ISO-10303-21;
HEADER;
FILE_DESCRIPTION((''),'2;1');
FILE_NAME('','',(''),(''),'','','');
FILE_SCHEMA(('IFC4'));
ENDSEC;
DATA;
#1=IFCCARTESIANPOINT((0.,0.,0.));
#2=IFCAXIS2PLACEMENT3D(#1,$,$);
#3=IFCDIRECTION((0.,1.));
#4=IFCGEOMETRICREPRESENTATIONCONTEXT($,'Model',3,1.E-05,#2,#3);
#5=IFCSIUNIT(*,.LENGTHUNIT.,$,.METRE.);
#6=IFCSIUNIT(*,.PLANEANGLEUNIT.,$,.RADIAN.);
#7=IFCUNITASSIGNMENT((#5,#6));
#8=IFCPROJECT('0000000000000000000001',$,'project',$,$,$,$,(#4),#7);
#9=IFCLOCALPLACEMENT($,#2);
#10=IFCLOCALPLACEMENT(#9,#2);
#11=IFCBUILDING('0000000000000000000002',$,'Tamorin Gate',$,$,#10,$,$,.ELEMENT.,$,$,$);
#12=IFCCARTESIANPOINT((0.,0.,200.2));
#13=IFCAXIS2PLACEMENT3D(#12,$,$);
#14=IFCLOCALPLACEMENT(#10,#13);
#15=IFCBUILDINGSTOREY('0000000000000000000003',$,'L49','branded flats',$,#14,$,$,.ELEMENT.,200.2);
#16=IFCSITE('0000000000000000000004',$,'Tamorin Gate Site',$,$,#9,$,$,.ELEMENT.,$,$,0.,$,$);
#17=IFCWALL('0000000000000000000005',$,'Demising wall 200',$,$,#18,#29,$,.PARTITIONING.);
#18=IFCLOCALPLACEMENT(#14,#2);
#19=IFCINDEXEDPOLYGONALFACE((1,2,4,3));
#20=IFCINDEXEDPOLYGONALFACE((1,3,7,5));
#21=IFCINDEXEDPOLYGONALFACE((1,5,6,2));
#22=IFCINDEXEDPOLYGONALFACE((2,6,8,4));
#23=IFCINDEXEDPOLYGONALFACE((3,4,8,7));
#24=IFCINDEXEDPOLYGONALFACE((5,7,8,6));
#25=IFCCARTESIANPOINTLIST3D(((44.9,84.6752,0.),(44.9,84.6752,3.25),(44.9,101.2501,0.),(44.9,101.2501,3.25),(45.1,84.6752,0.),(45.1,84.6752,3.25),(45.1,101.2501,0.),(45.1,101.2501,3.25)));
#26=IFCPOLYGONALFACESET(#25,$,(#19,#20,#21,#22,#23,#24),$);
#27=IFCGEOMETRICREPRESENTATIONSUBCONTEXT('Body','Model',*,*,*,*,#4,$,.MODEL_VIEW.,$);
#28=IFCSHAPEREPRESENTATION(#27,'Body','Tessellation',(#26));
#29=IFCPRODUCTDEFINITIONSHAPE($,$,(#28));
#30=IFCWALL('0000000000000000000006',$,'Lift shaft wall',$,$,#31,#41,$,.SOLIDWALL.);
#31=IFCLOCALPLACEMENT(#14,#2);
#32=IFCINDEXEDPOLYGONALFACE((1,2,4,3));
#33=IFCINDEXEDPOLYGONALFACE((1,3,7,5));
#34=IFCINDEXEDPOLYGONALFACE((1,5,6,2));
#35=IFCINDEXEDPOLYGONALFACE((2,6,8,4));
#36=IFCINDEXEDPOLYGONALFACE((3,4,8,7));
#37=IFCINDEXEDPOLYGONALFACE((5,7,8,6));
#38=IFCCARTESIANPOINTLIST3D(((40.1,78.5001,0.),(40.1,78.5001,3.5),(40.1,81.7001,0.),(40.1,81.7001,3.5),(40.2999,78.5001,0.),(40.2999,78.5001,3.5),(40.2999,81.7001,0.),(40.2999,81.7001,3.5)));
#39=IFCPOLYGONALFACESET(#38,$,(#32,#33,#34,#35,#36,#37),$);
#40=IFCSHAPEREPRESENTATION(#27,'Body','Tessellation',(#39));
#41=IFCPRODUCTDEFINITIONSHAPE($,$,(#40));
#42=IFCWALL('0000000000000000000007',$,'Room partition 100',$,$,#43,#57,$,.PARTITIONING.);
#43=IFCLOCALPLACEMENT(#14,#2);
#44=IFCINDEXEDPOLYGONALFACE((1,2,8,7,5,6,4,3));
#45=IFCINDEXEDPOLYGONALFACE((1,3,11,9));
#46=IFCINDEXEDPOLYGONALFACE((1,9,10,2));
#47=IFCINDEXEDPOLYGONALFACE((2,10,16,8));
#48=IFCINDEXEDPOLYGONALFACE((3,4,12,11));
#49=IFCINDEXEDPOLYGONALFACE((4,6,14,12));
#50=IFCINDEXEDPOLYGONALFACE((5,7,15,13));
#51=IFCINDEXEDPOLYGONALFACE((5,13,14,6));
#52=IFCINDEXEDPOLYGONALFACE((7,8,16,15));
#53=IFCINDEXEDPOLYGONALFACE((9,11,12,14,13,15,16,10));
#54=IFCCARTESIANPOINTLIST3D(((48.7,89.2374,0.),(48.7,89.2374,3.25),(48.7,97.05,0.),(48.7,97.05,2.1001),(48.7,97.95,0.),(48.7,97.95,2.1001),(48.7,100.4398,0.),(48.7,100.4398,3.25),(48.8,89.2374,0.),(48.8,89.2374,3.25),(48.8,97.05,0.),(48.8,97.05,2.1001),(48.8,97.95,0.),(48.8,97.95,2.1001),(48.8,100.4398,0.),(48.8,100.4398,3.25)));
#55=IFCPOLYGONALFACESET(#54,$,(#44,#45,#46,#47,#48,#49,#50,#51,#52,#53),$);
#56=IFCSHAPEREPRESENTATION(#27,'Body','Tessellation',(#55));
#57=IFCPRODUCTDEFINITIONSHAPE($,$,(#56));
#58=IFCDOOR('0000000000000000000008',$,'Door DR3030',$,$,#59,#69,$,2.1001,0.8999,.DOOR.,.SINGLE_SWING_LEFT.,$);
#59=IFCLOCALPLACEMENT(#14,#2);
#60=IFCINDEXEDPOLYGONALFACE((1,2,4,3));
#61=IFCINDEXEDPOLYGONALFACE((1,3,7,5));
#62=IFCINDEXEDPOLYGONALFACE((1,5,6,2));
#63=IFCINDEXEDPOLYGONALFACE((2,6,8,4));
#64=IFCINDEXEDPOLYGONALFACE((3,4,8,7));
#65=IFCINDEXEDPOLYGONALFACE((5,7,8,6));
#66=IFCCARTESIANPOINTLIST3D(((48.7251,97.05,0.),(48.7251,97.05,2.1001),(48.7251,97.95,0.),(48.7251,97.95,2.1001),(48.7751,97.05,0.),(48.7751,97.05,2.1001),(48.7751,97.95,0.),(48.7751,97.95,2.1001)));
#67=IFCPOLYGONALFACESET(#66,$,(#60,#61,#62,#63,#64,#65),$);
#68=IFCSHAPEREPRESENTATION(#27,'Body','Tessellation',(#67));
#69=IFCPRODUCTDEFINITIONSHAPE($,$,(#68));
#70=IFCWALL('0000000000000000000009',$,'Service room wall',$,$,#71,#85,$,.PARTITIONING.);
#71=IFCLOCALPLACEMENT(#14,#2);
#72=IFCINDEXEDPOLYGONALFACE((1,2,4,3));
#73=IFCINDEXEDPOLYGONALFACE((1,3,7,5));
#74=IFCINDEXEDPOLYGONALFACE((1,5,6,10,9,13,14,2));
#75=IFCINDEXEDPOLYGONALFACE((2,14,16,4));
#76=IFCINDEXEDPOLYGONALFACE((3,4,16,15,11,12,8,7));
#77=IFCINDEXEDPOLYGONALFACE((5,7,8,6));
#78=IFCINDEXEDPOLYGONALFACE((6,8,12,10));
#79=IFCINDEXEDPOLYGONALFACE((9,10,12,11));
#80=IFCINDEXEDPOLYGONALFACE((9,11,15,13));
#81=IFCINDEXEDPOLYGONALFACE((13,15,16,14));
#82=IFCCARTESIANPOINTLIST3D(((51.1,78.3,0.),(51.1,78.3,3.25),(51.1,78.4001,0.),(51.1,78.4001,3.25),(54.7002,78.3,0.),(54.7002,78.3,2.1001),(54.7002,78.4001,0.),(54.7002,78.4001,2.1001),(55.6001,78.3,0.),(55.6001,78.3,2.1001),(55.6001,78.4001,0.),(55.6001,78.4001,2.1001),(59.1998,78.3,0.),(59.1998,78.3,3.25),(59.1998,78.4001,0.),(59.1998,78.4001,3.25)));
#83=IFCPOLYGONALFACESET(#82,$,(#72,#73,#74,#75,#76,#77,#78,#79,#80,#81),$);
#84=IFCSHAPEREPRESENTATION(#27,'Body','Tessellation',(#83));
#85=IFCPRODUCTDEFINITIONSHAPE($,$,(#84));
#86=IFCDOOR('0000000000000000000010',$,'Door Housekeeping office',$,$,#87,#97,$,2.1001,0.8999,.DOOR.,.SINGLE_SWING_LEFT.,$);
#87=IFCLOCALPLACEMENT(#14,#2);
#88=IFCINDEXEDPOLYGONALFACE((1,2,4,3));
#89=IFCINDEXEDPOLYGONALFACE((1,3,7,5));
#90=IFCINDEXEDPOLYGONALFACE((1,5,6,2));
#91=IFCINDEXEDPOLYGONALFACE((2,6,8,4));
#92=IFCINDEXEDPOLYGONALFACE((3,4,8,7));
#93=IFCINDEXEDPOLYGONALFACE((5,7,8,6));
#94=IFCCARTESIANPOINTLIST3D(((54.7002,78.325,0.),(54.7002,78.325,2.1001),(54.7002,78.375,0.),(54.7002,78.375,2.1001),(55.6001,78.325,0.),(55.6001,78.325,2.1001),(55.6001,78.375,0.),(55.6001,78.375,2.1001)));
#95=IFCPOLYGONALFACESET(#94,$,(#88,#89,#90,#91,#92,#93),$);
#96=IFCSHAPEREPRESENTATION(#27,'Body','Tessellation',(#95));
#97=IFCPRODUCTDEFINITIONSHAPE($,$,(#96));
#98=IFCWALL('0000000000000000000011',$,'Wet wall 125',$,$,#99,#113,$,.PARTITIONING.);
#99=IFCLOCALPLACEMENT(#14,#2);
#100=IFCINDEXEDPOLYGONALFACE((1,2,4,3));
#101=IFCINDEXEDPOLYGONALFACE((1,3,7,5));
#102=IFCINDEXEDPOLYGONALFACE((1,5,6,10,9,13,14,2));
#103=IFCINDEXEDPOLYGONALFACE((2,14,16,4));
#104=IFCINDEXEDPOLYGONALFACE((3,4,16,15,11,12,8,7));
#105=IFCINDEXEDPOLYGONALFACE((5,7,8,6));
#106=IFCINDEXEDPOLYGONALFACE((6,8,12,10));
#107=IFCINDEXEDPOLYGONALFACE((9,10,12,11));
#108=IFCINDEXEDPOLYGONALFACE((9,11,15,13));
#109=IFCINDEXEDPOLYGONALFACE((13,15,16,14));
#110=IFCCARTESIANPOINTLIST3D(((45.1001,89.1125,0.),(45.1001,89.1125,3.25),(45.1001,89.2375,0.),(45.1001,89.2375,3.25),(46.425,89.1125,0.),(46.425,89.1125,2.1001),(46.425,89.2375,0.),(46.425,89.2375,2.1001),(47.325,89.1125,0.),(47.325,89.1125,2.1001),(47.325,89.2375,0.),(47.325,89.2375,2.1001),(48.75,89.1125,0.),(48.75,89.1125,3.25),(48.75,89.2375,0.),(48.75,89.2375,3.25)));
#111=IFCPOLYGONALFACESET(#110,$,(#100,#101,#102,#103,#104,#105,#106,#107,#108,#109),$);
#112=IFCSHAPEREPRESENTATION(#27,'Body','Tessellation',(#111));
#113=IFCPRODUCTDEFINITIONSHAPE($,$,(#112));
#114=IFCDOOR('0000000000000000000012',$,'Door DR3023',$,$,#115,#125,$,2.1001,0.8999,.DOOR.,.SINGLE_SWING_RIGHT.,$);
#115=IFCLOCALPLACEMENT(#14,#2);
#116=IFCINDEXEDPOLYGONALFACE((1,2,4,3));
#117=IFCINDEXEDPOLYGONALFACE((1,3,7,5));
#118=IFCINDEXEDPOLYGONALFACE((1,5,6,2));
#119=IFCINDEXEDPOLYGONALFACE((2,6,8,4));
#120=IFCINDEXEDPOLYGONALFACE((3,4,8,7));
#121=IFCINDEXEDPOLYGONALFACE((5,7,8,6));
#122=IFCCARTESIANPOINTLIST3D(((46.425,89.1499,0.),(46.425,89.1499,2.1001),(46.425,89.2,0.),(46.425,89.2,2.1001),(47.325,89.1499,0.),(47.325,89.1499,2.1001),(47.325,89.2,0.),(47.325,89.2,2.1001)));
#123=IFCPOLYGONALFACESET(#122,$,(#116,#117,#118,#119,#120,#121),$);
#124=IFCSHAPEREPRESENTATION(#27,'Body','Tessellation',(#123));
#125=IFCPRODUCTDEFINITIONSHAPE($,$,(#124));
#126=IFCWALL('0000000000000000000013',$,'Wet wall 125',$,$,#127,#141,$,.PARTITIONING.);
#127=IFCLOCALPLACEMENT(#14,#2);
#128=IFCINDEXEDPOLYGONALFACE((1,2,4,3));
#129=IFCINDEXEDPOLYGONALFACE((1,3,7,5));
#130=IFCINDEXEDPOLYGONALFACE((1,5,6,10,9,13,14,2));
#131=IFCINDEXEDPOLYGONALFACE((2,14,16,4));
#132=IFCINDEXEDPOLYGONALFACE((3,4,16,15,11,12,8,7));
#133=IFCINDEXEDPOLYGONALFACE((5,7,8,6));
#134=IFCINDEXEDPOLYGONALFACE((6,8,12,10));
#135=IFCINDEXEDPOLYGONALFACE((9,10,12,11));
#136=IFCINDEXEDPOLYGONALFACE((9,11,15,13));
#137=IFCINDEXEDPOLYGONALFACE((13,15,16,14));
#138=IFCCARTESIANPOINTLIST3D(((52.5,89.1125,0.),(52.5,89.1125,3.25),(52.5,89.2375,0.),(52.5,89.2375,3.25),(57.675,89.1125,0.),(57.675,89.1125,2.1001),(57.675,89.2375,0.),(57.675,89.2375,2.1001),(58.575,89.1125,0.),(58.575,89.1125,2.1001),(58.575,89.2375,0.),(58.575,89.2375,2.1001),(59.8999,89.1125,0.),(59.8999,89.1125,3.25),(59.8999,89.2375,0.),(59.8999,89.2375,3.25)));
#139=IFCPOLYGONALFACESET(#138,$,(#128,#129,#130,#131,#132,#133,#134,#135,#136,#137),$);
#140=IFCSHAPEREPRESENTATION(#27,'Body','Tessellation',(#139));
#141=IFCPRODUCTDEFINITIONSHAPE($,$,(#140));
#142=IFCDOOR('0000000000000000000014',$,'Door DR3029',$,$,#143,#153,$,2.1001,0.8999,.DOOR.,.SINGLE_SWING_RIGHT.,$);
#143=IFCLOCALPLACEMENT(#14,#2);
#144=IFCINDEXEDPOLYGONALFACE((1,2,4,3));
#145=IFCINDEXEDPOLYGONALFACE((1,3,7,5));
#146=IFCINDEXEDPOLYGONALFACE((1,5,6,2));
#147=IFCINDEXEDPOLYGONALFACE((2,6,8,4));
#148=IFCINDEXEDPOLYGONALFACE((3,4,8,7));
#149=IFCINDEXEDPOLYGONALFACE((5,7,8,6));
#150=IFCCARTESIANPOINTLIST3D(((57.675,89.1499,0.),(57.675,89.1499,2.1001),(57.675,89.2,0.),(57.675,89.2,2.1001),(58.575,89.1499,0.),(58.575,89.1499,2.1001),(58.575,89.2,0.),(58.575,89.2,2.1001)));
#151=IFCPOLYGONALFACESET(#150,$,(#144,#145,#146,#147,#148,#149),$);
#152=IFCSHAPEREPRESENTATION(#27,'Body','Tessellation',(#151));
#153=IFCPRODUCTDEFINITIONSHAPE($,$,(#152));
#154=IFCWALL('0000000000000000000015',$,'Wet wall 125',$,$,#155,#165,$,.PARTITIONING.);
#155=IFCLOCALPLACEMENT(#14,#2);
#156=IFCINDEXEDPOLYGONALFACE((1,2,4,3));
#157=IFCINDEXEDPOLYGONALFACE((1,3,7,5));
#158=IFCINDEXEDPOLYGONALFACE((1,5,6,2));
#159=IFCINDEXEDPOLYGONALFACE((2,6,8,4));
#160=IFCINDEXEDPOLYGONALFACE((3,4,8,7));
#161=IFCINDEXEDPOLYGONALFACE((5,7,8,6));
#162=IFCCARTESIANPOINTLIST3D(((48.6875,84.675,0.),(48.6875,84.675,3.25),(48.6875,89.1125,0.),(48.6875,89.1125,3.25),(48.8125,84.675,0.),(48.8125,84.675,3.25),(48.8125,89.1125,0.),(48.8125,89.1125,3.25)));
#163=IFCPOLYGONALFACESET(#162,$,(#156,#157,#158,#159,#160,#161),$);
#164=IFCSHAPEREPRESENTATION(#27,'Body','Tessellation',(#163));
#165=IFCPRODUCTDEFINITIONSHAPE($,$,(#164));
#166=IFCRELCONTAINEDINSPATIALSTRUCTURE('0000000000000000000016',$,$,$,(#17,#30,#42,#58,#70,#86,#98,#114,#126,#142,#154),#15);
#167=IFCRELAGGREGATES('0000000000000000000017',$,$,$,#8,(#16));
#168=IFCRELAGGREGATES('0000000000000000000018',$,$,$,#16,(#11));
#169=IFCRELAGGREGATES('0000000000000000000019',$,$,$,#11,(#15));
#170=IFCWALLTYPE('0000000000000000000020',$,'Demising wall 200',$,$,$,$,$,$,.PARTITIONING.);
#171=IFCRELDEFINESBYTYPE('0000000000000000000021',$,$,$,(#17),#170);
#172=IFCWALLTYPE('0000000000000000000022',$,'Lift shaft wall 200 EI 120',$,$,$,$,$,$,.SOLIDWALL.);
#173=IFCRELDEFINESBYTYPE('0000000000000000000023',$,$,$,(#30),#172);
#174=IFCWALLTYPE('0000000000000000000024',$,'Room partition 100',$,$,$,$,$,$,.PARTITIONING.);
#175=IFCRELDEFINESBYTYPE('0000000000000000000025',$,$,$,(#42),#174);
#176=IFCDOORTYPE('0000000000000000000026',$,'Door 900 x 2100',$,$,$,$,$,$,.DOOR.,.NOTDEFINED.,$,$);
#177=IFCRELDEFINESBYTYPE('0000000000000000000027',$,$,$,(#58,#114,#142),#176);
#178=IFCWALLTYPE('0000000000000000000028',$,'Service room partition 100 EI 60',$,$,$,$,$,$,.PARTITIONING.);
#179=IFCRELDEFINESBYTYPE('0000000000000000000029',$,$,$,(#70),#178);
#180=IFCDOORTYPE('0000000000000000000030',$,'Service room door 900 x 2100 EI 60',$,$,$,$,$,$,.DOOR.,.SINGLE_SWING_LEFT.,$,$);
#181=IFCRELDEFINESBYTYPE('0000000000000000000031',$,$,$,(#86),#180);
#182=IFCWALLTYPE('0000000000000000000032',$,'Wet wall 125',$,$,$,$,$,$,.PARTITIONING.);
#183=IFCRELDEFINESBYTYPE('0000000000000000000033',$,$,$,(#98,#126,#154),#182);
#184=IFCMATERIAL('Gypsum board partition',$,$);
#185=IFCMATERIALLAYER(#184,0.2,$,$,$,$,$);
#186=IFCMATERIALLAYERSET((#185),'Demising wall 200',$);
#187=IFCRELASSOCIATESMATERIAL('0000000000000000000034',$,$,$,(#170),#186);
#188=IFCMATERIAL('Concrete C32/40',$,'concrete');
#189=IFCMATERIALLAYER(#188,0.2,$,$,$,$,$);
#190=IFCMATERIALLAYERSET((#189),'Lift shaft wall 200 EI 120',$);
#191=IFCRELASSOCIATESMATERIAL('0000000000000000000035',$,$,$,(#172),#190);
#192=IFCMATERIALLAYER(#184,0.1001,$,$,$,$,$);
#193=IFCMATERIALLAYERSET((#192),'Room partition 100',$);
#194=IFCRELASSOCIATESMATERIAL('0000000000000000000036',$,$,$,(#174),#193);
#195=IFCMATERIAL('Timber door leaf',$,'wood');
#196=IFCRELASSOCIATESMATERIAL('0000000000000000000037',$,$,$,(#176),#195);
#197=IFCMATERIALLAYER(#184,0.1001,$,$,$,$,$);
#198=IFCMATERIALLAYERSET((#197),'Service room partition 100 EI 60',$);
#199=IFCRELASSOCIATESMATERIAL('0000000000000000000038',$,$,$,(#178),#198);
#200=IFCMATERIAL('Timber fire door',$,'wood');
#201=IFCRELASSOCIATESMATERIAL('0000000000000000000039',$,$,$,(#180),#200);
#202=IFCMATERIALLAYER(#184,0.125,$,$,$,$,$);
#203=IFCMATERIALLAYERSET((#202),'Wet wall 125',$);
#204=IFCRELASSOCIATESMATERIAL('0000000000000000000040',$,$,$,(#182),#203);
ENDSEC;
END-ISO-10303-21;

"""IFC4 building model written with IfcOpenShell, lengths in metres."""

from ifc_helpers import new_model, si_unit, direction, frame, frame_2d, origin, place, context, subcontext, project, spatial, rectangle, extrude, material, layer, layer_set, type_object, element, fill, save


model = new_model("IFC4")

# Units and contexts
model_context = context("Model", 3, precision=1e-05, world=origin(), true_north=direction((0.0, 1.0)))
body_context = subcontext(model_context, "Body", "Model", "MODEL_VIEW")
ifc_project = project(units=[si_unit("LENGTHUNIT", "METRE"), si_unit("PLANEANGLEUNIT", "RADIAN")], contexts=[model_context])

# Site, building, storey
site_placement = place(None, origin())
site = spatial("IfcSite", under=ifc_project, at=site_placement, Name="Tamorin Gate Site", CompositionType="ELEMENT", RefElevation=0.0)
building_placement = place(site_placement, origin())
building = spatial("IfcBuilding", under=site, at=building_placement, Name="Tamorin Gate", CompositionType="ELEMENT")
storey_placement = place(building_placement, frame((0.0, 0.0, 200.2)))
storey = spatial("IfcBuildingStorey", under=building, at=storey_placement, Name="L49", Description="branded flats", CompositionType="ELEMENT", Elevation=200.2)

# Walls
ifc_material_1 = material(Name="Gypsum board partition")
ifc_layer_1 = layer(ifc_material_1, 0.2)
ifc_layer_set_1 = layer_set([ifc_layer_1], Name="Demising wall 200")
wall_type_1 = type_object("IfcWallType", Name="Demising wall 200", PredefinedType="PARTITIONING", material=ifc_layer_set_1)
wall_1_placement = place(storey_placement, frame((45.0, 84.675, 0.0), z_axis=(0.0, 0.0, 1.0), x_axis=(0.0, 1.0, 0.0)))
element("IfcWall", 1, at=wall_1_placement, inside=storey, type_object=wall_type_1, Name="Demising wall 200", PredefinedType="PARTITIONING", context=body_context, shape_type="SweptSolid", body=[
    extrude(rectangle(XDim=16.575, YDim=0.2, at=frame_2d((8.2876, 0.0))), origin(), (0.0, 0.0, 1.0), 3.25),
])
ifc_material_2 = material(Name="Concrete C32/40", Category="concrete")
ifc_layer_2 = layer(ifc_material_2, 0.2)
ifc_layer_set_2 = layer_set([ifc_layer_2], Name="Lift shaft wall 200 EI 120")
wall_type_2 = type_object("IfcWallType", Name="Lift shaft wall 200 EI 120", PredefinedType="SOLIDWALL", material=ifc_layer_set_2)
wall_2_placement = place(storey_placement, frame((40.2, 78.5, 0.0), z_axis=(0.0, 0.0, 1.0), x_axis=(0.0, 1.0, 0.0)))
element("IfcWall", 2, at=wall_2_placement, inside=storey, type_object=wall_type_2, Name="Lift shaft wall", PredefinedType="SOLIDWALL", context=body_context, shape_type="SweptSolid", body=[
    extrude(rectangle(XDim=3.2, YDim=0.2, at=frame_2d((1.6001, 0.0))), origin(), (0.0, 0.0, 1.0), 3.5),
])

# Walls, openings, doors
ifc_layer_3 = layer(ifc_material_1, 0.1001)
ifc_layer_set_3 = layer_set([ifc_layer_3], Name="Room partition 100")
wall_type_3 = type_object("IfcWallType", Name="Room partition 100", PredefinedType="PARTITIONING", material=ifc_layer_set_3)
wall_3_placement = place(storey_placement, frame((48.75, 89.2375, 0.0), z_axis=(0.0, 0.0, 1.0), x_axis=(0.0, 1.0, 0.0)))
wall_3 = element("IfcWall", 3, at=wall_3_placement, inside=storey, type_object=wall_type_3, Name="Room partition 100", PredefinedType="PARTITIONING", context=body_context, shape_type="SweptSolid", body=[
    extrude(rectangle(XDim=11.2024, YDim=0.1001, at=frame_2d((5.6011, 0.0))), origin(), (0.0, 0.0, 1.0), 3.25),
])
opening_1_placement = place(wall_3_placement, frame((7.8125, 0.0, 0.0)))
opening_1 = element("IfcOpeningElement", 4, at=opening_1_placement, cuts=wall_3, PredefinedType="OPENING", context=body_context, shape_type="SweptSolid", body=[
    extrude(rectangle(XDim=0.8999, YDim=2.1001, at=frame_2d((0.45, 1.05))), frame((0.0, 0.0601, 0.0), z_axis=(0.0, -1.0, 0.0), x_axis=(1.0, 0.0, 0.0)), (0.0, 0.0, 1.0), 0.1201),
])
ifc_material_3 = material(Name="Timber door leaf", Category="wood")
door_type_1 = type_object("IfcDoorType", Name="Door 900 x 2100", OperationType="NOTDEFINED", PredefinedType="DOOR", material=ifc_material_3)
door_1_placement = place(opening_1_placement, origin())
door_1 = element("IfcDoor", 5, at=door_1_placement, inside=storey, type_object=door_type_1, Name="Door DR3030", OperationType="SINGLE_SWING_LEFT", OverallHeight=2.1001, OverallWidth=0.8999, PredefinedType="DOOR", context=body_context, shape_type="SweptSolid", body=[
    extrude(rectangle(XDim=0.8999, YDim=2.1001, at=frame_2d((0.45, 1.05))), frame((0.0, 0.0249, 0.0), z_axis=(0.0, -1.0, 0.0), x_axis=(1.0, 0.0, 0.0)), (0.0, 0.0, 1.0), 0.05),
])
fill(opening_1, door_1)
ifc_layer_4 = layer(ifc_material_1, 0.1001)
ifc_layer_set_4 = layer_set([ifc_layer_4], Name="Service room partition 100 EI 60")
wall_type_4 = type_object("IfcWallType", Name="Service room partition 100 EI 60", PredefinedType="PARTITIONING", material=ifc_layer_set_4)
wall_4_placement = place(storey_placement, frame((51.1001, 78.3501, 0.0), z_axis=(0.0, 0.0, 1.0), x_axis=(1.0, 0.0, 0.0)))
wall_4 = element("IfcWall", 6, at=wall_4_placement, inside=storey, type_object=wall_type_4, Name="Service room wall", PredefinedType="PARTITIONING", context=body_context, shape_type="SweptSolid", body=[
    extrude(rectangle(XDim=8.0999, YDim=0.1001, at=frame_2d((4.0498, 0.0))), origin(), (0.0, 0.0, 1.0), 3.25),
])
opening_2_placement = place(wall_4_placement, frame((3.6001, 0.0, 0.0)))
opening_2 = element("IfcOpeningElement", 7, at=opening_2_placement, cuts=wall_4, PredefinedType="OPENING", context=body_context, shape_type="SweptSolid", body=[
    extrude(rectangle(XDim=0.8999, YDim=2.1001, at=frame_2d((0.45, 1.05))), frame((0.0, 0.0601, 0.0), z_axis=(0.0, -1.0, 0.0), x_axis=(1.0, 0.0, 0.0)), (0.0, 0.0, 1.0), 0.1201),
])
ifc_material_4 = material(Name="Timber fire door", Category="wood")
door_type_2 = type_object("IfcDoorType", Name="Service room door 900 x 2100 EI 60", OperationType="SINGLE_SWING_LEFT", PredefinedType="DOOR", material=ifc_material_4)
door_2_placement = place(opening_2_placement, origin())
door_2 = element("IfcDoor", 8, at=door_2_placement, inside=storey, type_object=door_type_2, Name="Door Housekeeping office", OperationType="SINGLE_SWING_LEFT", OverallHeight=2.1001, OverallWidth=0.8999, PredefinedType="DOOR", context=body_context, shape_type="SweptSolid", body=[
    extrude(rectangle(XDim=0.8999, YDim=2.1001, at=frame_2d((0.45, 1.05))), frame((0.0, 0.0249, 0.0), z_axis=(0.0, -1.0, 0.0), x_axis=(1.0, 0.0, 0.0)), (0.0, 0.0, 1.0), 0.05),
])
fill(opening_2, door_2)
ifc_layer_5 = layer(ifc_material_1, 0.125)
ifc_layer_set_5 = layer_set([ifc_layer_5], Name="Wet wall 125")
wall_type_5 = type_object("IfcWallType", Name="Wet wall 125", PredefinedType="PARTITIONING", material=ifc_layer_set_5)
wall_5_placement = place(storey_placement, frame((45.1001, 89.175, 0.0), z_axis=(0.0, 0.0, 1.0), x_axis=(1.0, 0.0, 0.0)))
wall_5 = element("IfcWall", 9, at=wall_5_placement, inside=storey, type_object=wall_type_5, Name="Wet wall 125", PredefinedType="PARTITIONING", context=body_context, shape_type="SweptSolid", body=[
    extrude(rectangle(XDim=3.6499, YDim=0.125, at=frame_2d((1.825, 0.0))), origin(), (0.0, 0.0, 1.0), 3.25),
])
opening_3_placement = place(wall_5_placement, frame((1.325, 0.0, 0.0)))
opening_3 = element("IfcOpeningElement", 10, at=opening_3_placement, cuts=wall_5, PredefinedType="OPENING", context=body_context, shape_type="SweptSolid", body=[
    extrude(rectangle(XDim=0.8999, YDim=2.1001, at=frame_2d((0.45, 1.05))), frame((0.0, 0.0725, 0.0), z_axis=(0.0, -1.0, 0.0), x_axis=(1.0, 0.0, 0.0)), (0.0, 0.0, 1.0), 0.145),
])
door_3_placement = place(opening_3_placement, origin())
door_3 = element("IfcDoor", 11, at=door_3_placement, inside=storey, type_object=door_type_1, Name="Door DR3023", OperationType="SINGLE_SWING_RIGHT", OverallHeight=2.1001, OverallWidth=0.8999, PredefinedType="DOOR", context=body_context, shape_type="SweptSolid", body=[
    extrude(rectangle(XDim=0.8999, YDim=2.1001, at=frame_2d((0.45, 1.05))), frame((0.0, 0.0249, 0.0), z_axis=(0.0, -1.0, 0.0), x_axis=(1.0, 0.0, 0.0)), (0.0, 0.0, 1.0), 0.05),
])
fill(opening_3, door_3)
wall_6_placement = place(storey_placement, frame((52.5, 89.175, 0.0), z_axis=(0.0, 0.0, 1.0), x_axis=(1.0, 0.0, 0.0)))
wall_6 = element("IfcWall", 12, at=wall_6_placement, inside=storey, type_object=wall_type_5, Name="Wet wall 125", PredefinedType="PARTITIONING", context=body_context, shape_type="SweptSolid", body=[
    extrude(rectangle(XDim=7.3999, YDim=0.125, at=frame_2d((3.7, 0.0))), origin(), (0.0, 0.0, 1.0), 3.25),
])
opening_4_placement = place(wall_6_placement, frame((5.175, 0.0, 0.0)))
opening_4 = element("IfcOpeningElement", 13, at=opening_4_placement, cuts=wall_6, PredefinedType="OPENING", context=body_context, shape_type="SweptSolid", body=[
    extrude(rectangle(XDim=0.8999, YDim=2.1001, at=frame_2d((0.45, 1.05))), frame((0.0, 0.0725, 0.0), z_axis=(0.0, -1.0, 0.0), x_axis=(1.0, 0.0, 0.0)), (0.0, 0.0, 1.0), 0.145),
])
door_4_placement = place(opening_4_placement, origin())
door_4 = element("IfcDoor", 14, at=door_4_placement, inside=storey, type_object=door_type_1, Name="Door DR3029", OperationType="SINGLE_SWING_RIGHT", OverallHeight=2.1001, OverallWidth=0.8999, PredefinedType="DOOR", context=body_context, shape_type="SweptSolid", body=[
    extrude(rectangle(XDim=0.8999, YDim=2.1001, at=frame_2d((0.45, 1.05))), frame((0.0, 0.0249, 0.0), z_axis=(0.0, -1.0, 0.0), x_axis=(1.0, 0.0, 0.0)), (0.0, 0.0, 1.0), 0.05),
])
fill(opening_4, door_4)

# Wall
wall_7_placement = place(storey_placement, frame((48.75, 84.675, 0.0), z_axis=(0.0, 0.0, 1.0), x_axis=(0.0, 1.0, 0.0)))
element("IfcWall", 15, at=wall_7_placement, inside=storey, type_object=wall_type_5, Name="Wet wall 125", PredefinedType="PARTITIONING", context=body_context, shape_type="SweptSolid", body=[
    extrude(rectangle(XDim=4.4375, YDim=0.125, at=frame_2d((2.2188, 0.0))), origin(), (0.0, 0.0, 1.0), 3.25),
])

save(model, "model.ifc")
